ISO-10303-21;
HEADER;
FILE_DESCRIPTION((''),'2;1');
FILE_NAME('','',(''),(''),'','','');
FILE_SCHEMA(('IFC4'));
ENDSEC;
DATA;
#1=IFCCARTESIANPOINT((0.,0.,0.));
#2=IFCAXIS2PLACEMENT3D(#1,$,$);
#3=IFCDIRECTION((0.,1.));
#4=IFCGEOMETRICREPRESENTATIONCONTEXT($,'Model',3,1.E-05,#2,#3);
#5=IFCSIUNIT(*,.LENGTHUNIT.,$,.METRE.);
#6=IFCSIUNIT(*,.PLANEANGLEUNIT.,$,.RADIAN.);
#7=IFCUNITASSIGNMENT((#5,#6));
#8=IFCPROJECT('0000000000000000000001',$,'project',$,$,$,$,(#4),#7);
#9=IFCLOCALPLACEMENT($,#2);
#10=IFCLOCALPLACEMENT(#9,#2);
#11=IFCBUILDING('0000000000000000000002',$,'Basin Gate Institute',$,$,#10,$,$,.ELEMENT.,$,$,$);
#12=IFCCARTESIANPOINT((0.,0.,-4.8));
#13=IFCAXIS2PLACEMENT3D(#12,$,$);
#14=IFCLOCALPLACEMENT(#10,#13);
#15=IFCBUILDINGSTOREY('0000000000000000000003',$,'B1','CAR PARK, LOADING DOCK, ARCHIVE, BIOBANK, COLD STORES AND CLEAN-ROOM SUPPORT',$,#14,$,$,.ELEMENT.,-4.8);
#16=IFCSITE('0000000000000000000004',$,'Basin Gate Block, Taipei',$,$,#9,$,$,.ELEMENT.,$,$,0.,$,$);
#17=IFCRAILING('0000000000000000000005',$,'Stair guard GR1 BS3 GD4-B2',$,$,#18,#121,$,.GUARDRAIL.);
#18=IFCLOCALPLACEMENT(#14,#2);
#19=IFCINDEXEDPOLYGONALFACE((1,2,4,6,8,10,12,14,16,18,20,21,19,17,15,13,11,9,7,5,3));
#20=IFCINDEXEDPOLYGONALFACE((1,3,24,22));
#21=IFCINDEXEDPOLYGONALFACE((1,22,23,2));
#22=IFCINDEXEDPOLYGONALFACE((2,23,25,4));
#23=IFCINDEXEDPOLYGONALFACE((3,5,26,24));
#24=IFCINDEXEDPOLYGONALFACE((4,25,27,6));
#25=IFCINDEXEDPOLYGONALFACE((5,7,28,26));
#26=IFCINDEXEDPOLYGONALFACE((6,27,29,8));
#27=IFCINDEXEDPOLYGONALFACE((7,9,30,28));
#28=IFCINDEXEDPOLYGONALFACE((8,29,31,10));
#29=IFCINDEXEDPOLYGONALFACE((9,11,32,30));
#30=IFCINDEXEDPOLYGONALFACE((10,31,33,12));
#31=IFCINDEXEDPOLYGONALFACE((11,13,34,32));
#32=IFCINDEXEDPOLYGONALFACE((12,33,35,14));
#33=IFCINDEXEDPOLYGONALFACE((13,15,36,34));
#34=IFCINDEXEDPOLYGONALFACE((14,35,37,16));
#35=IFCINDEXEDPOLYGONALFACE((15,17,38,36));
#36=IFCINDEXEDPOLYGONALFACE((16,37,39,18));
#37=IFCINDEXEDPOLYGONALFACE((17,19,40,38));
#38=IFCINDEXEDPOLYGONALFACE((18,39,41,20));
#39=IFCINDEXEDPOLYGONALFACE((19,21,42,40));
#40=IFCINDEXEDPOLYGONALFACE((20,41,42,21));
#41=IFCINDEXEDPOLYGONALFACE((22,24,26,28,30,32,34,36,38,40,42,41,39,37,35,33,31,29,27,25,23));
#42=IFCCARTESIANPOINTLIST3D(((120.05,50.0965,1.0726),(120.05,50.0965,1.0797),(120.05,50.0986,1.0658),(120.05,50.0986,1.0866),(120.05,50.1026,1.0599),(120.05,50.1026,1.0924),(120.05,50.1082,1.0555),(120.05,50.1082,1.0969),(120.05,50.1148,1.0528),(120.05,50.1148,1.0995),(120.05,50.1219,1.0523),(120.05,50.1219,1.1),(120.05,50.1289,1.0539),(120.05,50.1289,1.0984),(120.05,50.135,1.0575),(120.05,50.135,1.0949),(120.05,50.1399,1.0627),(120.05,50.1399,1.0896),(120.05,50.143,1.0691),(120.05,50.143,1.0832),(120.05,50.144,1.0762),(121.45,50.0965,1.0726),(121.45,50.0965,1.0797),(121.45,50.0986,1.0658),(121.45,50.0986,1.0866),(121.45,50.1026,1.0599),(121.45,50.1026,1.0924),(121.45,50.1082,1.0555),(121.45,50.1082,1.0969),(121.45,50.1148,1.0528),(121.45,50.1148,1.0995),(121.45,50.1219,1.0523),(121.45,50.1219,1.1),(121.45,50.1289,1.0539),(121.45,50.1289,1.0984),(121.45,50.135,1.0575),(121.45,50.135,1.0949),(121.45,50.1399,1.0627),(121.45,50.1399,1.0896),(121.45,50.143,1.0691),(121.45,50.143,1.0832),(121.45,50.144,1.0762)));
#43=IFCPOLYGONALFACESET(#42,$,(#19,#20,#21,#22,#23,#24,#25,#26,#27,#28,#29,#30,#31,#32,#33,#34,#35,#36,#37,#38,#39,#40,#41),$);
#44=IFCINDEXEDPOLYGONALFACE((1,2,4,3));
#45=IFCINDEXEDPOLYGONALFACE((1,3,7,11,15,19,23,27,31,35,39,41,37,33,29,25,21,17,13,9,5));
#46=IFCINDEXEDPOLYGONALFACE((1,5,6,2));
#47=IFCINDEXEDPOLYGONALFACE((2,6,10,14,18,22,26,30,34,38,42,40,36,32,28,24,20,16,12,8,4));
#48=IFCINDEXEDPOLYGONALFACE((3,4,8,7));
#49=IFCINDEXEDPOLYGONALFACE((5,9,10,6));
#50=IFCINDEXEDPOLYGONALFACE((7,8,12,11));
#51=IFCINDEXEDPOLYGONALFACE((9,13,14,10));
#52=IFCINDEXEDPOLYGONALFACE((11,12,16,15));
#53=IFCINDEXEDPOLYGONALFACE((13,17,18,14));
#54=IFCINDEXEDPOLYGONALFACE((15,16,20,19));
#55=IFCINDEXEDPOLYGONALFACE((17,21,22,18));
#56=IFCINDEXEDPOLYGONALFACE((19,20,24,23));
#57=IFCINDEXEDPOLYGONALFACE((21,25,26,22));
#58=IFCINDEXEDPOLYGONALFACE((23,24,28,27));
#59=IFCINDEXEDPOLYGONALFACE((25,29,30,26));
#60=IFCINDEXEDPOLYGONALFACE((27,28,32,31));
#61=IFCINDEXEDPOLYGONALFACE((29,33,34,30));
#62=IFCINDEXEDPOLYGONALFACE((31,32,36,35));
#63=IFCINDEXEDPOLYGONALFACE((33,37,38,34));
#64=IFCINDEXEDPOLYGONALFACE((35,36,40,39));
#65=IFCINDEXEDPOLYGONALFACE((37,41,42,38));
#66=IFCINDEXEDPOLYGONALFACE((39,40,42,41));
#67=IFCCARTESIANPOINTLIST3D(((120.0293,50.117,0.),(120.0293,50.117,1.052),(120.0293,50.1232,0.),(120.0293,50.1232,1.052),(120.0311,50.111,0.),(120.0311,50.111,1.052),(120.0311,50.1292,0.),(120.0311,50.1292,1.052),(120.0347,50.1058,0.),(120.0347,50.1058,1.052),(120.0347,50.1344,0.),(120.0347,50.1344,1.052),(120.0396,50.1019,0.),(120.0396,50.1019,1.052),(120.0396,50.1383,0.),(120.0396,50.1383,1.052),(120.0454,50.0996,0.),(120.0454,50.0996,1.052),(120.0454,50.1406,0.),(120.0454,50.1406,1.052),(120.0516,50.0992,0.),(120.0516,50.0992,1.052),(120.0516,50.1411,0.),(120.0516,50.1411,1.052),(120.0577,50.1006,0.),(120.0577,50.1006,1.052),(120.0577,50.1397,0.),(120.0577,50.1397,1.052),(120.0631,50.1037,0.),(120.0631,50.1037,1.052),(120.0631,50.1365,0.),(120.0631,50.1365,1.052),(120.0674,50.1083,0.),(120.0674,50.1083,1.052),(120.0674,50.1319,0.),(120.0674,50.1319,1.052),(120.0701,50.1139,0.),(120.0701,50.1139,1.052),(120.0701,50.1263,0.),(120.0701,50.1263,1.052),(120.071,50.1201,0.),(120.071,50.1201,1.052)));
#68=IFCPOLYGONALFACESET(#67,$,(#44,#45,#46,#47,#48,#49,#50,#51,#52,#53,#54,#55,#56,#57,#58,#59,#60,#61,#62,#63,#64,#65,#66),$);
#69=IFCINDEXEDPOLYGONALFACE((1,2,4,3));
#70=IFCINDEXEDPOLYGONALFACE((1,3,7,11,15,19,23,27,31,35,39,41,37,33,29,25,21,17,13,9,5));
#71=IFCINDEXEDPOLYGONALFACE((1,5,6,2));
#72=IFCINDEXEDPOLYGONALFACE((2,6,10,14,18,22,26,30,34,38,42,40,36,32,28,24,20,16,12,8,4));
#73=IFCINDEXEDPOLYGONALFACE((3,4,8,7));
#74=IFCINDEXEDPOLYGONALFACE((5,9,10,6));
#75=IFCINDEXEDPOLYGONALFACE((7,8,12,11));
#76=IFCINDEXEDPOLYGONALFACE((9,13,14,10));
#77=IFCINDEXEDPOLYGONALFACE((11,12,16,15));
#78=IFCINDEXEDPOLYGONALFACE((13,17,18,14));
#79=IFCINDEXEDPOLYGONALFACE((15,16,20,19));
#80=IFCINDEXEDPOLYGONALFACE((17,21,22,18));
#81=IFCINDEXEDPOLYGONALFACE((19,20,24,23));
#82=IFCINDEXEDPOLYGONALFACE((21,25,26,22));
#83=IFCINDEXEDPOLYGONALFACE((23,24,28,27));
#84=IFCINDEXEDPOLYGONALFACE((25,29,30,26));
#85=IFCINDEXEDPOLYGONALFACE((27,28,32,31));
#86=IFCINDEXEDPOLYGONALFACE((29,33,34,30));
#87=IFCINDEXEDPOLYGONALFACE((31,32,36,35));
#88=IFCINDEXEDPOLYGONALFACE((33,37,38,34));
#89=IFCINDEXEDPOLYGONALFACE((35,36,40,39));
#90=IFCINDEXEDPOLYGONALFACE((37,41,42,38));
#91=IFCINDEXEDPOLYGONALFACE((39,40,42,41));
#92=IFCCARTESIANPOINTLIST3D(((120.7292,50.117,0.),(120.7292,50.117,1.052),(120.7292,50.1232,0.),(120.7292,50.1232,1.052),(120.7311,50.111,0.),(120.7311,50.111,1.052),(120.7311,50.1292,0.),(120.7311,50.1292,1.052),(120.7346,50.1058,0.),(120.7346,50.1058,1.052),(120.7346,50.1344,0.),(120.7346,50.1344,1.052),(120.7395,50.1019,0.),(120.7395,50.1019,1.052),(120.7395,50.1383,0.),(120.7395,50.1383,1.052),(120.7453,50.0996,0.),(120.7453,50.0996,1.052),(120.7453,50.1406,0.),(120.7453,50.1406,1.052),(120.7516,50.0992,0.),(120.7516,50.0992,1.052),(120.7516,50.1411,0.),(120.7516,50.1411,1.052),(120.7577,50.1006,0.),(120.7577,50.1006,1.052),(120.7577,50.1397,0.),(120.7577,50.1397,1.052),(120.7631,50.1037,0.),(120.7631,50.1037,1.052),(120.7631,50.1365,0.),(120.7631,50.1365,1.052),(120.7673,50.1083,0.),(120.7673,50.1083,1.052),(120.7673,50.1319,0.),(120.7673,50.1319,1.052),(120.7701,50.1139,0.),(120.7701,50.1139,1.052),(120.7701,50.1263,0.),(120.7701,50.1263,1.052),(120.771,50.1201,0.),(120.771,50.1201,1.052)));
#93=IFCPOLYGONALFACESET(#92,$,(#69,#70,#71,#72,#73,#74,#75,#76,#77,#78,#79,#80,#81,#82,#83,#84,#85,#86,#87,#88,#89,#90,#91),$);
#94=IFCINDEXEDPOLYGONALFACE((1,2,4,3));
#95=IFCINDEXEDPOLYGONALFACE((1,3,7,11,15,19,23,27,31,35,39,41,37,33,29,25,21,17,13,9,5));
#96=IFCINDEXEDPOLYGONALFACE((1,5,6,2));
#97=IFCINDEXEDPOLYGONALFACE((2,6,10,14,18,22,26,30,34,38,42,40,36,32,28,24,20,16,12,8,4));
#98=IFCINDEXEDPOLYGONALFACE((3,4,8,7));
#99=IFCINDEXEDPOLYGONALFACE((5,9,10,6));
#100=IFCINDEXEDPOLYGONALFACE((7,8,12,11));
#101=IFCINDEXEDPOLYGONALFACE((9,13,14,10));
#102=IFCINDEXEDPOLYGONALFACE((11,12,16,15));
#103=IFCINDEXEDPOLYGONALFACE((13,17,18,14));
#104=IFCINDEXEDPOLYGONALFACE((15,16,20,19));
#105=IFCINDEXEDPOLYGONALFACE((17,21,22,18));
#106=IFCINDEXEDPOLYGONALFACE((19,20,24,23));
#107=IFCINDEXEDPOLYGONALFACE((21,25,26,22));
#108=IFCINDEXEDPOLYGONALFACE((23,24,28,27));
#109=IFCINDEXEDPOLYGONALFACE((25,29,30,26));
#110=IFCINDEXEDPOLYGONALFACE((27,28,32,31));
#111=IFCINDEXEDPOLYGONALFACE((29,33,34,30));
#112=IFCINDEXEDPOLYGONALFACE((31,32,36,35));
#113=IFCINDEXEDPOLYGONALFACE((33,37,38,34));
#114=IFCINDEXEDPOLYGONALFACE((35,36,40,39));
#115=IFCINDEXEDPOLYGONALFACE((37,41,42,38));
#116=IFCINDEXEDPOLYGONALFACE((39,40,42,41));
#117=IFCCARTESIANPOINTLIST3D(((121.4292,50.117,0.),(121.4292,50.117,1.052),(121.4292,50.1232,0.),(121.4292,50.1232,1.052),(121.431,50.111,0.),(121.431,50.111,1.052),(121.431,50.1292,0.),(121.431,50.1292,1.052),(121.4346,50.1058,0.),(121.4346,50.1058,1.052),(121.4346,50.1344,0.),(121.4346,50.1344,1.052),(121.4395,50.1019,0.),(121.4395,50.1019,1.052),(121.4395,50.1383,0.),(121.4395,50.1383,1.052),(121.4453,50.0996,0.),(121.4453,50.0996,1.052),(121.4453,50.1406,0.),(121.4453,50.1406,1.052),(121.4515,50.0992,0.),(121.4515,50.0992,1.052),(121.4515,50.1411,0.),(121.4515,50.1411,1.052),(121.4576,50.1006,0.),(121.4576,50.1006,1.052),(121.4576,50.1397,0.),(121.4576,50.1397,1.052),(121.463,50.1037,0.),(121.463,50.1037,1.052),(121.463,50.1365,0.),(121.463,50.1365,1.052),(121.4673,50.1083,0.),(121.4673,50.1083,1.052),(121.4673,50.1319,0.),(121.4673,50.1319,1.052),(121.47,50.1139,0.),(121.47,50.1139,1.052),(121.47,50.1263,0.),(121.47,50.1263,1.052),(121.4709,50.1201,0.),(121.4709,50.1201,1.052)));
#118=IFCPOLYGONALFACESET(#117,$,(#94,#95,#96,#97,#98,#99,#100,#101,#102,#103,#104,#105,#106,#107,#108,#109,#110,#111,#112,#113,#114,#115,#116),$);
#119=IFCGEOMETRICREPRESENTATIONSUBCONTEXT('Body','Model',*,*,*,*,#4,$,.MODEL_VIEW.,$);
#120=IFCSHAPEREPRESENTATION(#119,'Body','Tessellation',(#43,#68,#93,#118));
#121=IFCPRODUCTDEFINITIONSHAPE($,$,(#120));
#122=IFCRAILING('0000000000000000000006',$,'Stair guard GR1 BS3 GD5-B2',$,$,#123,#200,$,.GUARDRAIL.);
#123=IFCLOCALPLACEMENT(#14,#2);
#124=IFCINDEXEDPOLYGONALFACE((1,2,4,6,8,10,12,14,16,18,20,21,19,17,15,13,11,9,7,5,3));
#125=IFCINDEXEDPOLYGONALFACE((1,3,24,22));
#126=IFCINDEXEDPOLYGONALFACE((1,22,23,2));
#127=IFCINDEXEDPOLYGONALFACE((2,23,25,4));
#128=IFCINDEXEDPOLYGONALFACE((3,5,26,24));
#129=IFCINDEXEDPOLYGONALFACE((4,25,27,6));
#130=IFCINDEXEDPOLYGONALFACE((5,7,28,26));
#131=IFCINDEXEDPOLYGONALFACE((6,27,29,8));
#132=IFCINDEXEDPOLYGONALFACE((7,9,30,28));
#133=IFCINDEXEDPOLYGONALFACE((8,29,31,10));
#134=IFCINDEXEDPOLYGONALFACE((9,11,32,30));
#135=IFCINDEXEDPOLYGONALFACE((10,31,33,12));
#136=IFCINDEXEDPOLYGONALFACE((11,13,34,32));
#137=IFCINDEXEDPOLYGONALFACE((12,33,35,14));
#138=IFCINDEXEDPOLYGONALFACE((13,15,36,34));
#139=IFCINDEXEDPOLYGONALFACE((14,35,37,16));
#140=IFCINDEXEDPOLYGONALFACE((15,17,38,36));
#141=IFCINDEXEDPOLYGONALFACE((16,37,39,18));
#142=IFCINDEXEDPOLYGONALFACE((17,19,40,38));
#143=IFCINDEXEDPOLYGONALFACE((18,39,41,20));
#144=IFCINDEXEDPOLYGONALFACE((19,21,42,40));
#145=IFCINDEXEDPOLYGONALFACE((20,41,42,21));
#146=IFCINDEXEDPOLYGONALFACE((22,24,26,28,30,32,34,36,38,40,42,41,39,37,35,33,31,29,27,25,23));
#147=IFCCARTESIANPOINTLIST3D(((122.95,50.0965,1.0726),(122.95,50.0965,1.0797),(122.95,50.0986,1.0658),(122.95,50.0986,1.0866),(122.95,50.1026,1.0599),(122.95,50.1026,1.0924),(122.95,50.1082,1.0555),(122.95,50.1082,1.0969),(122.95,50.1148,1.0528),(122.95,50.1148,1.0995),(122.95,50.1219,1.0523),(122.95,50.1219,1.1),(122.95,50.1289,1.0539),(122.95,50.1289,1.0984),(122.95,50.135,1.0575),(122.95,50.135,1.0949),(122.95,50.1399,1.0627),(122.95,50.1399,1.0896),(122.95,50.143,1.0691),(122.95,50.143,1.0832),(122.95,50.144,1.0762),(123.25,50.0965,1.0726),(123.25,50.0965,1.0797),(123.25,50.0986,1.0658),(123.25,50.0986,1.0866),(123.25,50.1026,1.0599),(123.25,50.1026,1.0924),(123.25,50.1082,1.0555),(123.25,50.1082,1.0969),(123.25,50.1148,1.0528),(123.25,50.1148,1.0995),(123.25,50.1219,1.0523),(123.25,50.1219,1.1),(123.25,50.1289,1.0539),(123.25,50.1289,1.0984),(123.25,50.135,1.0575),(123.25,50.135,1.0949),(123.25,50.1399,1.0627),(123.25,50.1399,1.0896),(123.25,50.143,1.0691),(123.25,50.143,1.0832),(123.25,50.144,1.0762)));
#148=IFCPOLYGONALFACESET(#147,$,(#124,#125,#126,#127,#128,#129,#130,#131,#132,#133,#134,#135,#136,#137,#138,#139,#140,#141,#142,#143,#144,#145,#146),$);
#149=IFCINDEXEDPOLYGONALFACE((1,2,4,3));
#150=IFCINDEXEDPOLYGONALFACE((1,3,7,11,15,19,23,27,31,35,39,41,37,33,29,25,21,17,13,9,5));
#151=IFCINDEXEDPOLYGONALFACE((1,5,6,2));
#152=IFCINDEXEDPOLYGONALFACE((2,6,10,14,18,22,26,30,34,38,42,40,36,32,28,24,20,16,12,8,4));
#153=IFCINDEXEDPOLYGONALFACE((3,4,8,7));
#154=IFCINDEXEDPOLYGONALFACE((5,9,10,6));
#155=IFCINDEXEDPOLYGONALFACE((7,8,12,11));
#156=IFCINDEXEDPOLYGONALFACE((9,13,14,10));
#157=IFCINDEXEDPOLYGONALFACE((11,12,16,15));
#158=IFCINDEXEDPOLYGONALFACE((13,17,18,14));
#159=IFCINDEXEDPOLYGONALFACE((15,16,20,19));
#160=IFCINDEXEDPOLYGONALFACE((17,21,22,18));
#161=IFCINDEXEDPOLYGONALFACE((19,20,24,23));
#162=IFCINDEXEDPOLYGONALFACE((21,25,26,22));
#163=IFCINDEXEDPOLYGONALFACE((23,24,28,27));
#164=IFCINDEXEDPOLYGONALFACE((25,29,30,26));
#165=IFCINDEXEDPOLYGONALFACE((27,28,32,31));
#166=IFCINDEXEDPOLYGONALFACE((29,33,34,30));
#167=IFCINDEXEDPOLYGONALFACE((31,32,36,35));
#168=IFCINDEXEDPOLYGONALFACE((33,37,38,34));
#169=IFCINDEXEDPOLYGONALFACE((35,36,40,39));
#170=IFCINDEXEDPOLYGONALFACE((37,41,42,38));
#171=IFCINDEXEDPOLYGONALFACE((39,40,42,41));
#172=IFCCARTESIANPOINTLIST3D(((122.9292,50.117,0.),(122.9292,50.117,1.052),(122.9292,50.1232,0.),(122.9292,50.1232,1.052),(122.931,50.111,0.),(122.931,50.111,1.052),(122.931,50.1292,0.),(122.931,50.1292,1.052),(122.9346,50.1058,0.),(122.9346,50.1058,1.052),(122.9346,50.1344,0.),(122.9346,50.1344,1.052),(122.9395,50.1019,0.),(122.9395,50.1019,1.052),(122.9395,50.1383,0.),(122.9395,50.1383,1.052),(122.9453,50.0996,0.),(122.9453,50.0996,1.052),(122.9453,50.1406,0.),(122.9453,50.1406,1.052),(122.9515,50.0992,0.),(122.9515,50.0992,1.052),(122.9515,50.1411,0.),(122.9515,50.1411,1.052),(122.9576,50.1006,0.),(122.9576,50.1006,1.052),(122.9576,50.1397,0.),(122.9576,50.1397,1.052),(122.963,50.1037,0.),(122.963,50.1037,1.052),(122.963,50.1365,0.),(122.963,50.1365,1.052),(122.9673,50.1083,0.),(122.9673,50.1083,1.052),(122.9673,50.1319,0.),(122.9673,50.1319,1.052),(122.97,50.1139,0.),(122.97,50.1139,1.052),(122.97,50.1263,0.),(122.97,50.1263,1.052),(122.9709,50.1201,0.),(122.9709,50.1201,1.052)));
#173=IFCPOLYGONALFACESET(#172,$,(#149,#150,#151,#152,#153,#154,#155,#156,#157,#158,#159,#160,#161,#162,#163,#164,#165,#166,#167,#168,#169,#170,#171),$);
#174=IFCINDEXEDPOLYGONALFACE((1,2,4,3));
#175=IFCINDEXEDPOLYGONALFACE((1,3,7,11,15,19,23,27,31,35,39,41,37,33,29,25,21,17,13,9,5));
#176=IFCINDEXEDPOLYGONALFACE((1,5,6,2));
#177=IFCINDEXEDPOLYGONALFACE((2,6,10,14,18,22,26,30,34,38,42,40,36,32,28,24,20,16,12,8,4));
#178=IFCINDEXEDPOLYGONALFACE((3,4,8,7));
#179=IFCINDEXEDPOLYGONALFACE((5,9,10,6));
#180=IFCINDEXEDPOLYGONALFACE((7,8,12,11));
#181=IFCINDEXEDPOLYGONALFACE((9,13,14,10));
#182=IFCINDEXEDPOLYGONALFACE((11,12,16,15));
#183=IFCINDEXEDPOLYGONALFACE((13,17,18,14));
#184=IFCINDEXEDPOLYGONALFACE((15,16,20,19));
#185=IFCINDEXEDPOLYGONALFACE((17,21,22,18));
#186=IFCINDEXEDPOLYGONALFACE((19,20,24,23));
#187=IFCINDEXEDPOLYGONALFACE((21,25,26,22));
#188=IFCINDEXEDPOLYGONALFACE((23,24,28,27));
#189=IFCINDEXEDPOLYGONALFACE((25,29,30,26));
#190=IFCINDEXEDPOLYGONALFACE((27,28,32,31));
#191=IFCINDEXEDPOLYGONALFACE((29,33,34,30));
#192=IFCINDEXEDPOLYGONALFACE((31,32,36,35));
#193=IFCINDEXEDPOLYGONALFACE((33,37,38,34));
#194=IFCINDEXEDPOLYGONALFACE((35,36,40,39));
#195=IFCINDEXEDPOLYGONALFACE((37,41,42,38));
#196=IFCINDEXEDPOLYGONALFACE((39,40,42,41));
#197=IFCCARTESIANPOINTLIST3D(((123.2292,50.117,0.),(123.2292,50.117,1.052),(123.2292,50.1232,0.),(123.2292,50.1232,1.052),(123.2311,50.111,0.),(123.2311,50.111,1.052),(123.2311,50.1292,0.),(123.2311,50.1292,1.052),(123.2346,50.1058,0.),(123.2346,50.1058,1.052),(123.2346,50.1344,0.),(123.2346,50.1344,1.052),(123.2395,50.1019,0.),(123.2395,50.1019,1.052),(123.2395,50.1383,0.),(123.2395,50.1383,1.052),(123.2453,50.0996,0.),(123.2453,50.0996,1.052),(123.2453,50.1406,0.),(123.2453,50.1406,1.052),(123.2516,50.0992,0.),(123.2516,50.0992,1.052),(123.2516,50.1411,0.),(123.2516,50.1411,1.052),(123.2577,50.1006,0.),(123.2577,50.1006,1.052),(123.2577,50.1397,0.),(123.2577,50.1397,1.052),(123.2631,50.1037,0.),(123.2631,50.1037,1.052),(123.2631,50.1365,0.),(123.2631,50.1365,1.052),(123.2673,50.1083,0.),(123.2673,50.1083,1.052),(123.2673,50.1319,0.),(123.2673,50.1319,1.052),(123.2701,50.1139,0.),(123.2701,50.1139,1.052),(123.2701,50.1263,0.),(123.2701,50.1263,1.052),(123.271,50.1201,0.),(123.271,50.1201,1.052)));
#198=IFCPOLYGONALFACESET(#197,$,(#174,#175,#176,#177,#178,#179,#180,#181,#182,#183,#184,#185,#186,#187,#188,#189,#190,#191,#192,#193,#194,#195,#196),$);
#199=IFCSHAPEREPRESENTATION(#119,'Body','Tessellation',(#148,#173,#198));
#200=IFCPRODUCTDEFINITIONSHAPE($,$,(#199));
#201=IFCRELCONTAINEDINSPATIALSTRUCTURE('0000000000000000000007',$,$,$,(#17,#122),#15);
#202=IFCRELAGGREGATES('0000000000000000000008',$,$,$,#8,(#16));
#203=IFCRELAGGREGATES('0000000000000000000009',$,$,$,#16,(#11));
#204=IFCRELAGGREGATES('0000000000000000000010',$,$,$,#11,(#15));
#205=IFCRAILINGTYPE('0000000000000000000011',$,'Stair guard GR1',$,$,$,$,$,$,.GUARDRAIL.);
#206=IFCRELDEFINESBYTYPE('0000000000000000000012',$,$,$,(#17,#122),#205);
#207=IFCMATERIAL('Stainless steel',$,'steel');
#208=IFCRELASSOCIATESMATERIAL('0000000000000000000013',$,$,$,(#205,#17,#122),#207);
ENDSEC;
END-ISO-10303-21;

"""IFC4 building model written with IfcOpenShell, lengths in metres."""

from ifc_helpers import new_model, si_unit, direction, frame, origin, origin_2d, place, context, subcontext, project, spatial, circle, extrude, material, type_object, element, save


model = new_model("IFC4")

# Units and contexts
model_context = context("Model", 3, precision=1e-05, world=origin(), true_north=direction((0.0, 1.0)))
body_context = subcontext(model_context, "Body", "Model", "MODEL_VIEW")
ifc_project = project(units=[si_unit("LENGTHUNIT", "METRE"), si_unit("PLANEANGLEUNIT", "RADIAN")], contexts=[model_context])

# Site, building, storey
site_placement = place(None, origin())
site = spatial("IfcSite", under=ifc_project, at=site_placement, Name="Basin Gate Block, Taipei", CompositionType="ELEMENT", RefElevation=0.0)
building_placement = place(site_placement, origin())
building = spatial("IfcBuilding", under=site, at=building_placement, Name="Basin Gate Institute", CompositionType="ELEMENT")
storey_placement = place(building_placement, frame((0.0, 0.0, -4.8)))
storey = spatial("IfcBuildingStorey", under=building, at=storey_placement, Name="B1", Description="CAR PARK, LOADING DOCK, ARCHIVE, BIOBANK, COLD STORES AND CLEAN-ROOM SUPPORT", CompositionType="ELEMENT", Elevation=-4.8)

# Railings
ifc_material_1 = material(Name="Stainless steel", Category="steel")
railing_type_1 = type_object("IfcRailingType", Name="Stair guard GR1", PredefinedType="GUARDRAIL", material=ifc_material_1)
railing_1_placement = place(storey_placement, frame((120.05, 50.1201, 0.0)))
element("IfcRailing", 1, at=railing_1_placement, inside=storey, type_object=railing_type_1, material=ifc_material_1, Name="Stair guard GR1 BS3 GD4-B2", PredefinedType="GUARDRAIL", context=body_context, shape_type="SweptSolid", body=[
    extrude(circle(Radius=0.0239, at=origin_2d()), frame((0.0, 0.0, 1.0762), z_axis=(1.0, 0.0, 0.0), x_axis=(0.0, 1.0, 0.0)), (0.0, 0.0, 1.0), 1.3999),
    extrude(circle(Radius=0.021, at=origin_2d()), origin(), (0.0, 0.0, 1.0), 1.052),
    extrude(circle(Radius=0.021, at=origin_2d()), frame((0.7, 0.0, 0.0)), (0.0, 0.0, 1.0), 1.052),
    extrude(circle(Radius=0.021, at=origin_2d()), frame((1.3999, 0.0, 0.0)), (0.0, 0.0, 1.0), 1.052),
])
railing_2_placement = place(storey_placement, frame((122.95, 50.1201, 0.0)))
element("IfcRailing", 2, at=railing_2_placement, inside=storey, type_object=railing_type_1, material=ifc_material_1, Name="Stair guard GR1 BS3 GD5-B2", PredefinedType="GUARDRAIL", context=body_context, shape_type="SweptSolid", body=[
    extrude(circle(Radius=0.0239, at=origin_2d()), frame((0.0, 0.0, 1.0762), z_axis=(1.0, 0.0, 0.0), x_axis=(0.0, 1.0, 0.0)), (0.0, 0.0, 1.0), 0.3),
    extrude(circle(Radius=0.021, at=origin_2d()), origin(), (0.0, 0.0, 1.0), 1.052),
    extrude(circle(Radius=0.021, at=origin_2d()), frame((0.3, 0.0, 0.0)), (0.0, 0.0, 1.0), 1.052),
])

save(model, "model.ifc")
